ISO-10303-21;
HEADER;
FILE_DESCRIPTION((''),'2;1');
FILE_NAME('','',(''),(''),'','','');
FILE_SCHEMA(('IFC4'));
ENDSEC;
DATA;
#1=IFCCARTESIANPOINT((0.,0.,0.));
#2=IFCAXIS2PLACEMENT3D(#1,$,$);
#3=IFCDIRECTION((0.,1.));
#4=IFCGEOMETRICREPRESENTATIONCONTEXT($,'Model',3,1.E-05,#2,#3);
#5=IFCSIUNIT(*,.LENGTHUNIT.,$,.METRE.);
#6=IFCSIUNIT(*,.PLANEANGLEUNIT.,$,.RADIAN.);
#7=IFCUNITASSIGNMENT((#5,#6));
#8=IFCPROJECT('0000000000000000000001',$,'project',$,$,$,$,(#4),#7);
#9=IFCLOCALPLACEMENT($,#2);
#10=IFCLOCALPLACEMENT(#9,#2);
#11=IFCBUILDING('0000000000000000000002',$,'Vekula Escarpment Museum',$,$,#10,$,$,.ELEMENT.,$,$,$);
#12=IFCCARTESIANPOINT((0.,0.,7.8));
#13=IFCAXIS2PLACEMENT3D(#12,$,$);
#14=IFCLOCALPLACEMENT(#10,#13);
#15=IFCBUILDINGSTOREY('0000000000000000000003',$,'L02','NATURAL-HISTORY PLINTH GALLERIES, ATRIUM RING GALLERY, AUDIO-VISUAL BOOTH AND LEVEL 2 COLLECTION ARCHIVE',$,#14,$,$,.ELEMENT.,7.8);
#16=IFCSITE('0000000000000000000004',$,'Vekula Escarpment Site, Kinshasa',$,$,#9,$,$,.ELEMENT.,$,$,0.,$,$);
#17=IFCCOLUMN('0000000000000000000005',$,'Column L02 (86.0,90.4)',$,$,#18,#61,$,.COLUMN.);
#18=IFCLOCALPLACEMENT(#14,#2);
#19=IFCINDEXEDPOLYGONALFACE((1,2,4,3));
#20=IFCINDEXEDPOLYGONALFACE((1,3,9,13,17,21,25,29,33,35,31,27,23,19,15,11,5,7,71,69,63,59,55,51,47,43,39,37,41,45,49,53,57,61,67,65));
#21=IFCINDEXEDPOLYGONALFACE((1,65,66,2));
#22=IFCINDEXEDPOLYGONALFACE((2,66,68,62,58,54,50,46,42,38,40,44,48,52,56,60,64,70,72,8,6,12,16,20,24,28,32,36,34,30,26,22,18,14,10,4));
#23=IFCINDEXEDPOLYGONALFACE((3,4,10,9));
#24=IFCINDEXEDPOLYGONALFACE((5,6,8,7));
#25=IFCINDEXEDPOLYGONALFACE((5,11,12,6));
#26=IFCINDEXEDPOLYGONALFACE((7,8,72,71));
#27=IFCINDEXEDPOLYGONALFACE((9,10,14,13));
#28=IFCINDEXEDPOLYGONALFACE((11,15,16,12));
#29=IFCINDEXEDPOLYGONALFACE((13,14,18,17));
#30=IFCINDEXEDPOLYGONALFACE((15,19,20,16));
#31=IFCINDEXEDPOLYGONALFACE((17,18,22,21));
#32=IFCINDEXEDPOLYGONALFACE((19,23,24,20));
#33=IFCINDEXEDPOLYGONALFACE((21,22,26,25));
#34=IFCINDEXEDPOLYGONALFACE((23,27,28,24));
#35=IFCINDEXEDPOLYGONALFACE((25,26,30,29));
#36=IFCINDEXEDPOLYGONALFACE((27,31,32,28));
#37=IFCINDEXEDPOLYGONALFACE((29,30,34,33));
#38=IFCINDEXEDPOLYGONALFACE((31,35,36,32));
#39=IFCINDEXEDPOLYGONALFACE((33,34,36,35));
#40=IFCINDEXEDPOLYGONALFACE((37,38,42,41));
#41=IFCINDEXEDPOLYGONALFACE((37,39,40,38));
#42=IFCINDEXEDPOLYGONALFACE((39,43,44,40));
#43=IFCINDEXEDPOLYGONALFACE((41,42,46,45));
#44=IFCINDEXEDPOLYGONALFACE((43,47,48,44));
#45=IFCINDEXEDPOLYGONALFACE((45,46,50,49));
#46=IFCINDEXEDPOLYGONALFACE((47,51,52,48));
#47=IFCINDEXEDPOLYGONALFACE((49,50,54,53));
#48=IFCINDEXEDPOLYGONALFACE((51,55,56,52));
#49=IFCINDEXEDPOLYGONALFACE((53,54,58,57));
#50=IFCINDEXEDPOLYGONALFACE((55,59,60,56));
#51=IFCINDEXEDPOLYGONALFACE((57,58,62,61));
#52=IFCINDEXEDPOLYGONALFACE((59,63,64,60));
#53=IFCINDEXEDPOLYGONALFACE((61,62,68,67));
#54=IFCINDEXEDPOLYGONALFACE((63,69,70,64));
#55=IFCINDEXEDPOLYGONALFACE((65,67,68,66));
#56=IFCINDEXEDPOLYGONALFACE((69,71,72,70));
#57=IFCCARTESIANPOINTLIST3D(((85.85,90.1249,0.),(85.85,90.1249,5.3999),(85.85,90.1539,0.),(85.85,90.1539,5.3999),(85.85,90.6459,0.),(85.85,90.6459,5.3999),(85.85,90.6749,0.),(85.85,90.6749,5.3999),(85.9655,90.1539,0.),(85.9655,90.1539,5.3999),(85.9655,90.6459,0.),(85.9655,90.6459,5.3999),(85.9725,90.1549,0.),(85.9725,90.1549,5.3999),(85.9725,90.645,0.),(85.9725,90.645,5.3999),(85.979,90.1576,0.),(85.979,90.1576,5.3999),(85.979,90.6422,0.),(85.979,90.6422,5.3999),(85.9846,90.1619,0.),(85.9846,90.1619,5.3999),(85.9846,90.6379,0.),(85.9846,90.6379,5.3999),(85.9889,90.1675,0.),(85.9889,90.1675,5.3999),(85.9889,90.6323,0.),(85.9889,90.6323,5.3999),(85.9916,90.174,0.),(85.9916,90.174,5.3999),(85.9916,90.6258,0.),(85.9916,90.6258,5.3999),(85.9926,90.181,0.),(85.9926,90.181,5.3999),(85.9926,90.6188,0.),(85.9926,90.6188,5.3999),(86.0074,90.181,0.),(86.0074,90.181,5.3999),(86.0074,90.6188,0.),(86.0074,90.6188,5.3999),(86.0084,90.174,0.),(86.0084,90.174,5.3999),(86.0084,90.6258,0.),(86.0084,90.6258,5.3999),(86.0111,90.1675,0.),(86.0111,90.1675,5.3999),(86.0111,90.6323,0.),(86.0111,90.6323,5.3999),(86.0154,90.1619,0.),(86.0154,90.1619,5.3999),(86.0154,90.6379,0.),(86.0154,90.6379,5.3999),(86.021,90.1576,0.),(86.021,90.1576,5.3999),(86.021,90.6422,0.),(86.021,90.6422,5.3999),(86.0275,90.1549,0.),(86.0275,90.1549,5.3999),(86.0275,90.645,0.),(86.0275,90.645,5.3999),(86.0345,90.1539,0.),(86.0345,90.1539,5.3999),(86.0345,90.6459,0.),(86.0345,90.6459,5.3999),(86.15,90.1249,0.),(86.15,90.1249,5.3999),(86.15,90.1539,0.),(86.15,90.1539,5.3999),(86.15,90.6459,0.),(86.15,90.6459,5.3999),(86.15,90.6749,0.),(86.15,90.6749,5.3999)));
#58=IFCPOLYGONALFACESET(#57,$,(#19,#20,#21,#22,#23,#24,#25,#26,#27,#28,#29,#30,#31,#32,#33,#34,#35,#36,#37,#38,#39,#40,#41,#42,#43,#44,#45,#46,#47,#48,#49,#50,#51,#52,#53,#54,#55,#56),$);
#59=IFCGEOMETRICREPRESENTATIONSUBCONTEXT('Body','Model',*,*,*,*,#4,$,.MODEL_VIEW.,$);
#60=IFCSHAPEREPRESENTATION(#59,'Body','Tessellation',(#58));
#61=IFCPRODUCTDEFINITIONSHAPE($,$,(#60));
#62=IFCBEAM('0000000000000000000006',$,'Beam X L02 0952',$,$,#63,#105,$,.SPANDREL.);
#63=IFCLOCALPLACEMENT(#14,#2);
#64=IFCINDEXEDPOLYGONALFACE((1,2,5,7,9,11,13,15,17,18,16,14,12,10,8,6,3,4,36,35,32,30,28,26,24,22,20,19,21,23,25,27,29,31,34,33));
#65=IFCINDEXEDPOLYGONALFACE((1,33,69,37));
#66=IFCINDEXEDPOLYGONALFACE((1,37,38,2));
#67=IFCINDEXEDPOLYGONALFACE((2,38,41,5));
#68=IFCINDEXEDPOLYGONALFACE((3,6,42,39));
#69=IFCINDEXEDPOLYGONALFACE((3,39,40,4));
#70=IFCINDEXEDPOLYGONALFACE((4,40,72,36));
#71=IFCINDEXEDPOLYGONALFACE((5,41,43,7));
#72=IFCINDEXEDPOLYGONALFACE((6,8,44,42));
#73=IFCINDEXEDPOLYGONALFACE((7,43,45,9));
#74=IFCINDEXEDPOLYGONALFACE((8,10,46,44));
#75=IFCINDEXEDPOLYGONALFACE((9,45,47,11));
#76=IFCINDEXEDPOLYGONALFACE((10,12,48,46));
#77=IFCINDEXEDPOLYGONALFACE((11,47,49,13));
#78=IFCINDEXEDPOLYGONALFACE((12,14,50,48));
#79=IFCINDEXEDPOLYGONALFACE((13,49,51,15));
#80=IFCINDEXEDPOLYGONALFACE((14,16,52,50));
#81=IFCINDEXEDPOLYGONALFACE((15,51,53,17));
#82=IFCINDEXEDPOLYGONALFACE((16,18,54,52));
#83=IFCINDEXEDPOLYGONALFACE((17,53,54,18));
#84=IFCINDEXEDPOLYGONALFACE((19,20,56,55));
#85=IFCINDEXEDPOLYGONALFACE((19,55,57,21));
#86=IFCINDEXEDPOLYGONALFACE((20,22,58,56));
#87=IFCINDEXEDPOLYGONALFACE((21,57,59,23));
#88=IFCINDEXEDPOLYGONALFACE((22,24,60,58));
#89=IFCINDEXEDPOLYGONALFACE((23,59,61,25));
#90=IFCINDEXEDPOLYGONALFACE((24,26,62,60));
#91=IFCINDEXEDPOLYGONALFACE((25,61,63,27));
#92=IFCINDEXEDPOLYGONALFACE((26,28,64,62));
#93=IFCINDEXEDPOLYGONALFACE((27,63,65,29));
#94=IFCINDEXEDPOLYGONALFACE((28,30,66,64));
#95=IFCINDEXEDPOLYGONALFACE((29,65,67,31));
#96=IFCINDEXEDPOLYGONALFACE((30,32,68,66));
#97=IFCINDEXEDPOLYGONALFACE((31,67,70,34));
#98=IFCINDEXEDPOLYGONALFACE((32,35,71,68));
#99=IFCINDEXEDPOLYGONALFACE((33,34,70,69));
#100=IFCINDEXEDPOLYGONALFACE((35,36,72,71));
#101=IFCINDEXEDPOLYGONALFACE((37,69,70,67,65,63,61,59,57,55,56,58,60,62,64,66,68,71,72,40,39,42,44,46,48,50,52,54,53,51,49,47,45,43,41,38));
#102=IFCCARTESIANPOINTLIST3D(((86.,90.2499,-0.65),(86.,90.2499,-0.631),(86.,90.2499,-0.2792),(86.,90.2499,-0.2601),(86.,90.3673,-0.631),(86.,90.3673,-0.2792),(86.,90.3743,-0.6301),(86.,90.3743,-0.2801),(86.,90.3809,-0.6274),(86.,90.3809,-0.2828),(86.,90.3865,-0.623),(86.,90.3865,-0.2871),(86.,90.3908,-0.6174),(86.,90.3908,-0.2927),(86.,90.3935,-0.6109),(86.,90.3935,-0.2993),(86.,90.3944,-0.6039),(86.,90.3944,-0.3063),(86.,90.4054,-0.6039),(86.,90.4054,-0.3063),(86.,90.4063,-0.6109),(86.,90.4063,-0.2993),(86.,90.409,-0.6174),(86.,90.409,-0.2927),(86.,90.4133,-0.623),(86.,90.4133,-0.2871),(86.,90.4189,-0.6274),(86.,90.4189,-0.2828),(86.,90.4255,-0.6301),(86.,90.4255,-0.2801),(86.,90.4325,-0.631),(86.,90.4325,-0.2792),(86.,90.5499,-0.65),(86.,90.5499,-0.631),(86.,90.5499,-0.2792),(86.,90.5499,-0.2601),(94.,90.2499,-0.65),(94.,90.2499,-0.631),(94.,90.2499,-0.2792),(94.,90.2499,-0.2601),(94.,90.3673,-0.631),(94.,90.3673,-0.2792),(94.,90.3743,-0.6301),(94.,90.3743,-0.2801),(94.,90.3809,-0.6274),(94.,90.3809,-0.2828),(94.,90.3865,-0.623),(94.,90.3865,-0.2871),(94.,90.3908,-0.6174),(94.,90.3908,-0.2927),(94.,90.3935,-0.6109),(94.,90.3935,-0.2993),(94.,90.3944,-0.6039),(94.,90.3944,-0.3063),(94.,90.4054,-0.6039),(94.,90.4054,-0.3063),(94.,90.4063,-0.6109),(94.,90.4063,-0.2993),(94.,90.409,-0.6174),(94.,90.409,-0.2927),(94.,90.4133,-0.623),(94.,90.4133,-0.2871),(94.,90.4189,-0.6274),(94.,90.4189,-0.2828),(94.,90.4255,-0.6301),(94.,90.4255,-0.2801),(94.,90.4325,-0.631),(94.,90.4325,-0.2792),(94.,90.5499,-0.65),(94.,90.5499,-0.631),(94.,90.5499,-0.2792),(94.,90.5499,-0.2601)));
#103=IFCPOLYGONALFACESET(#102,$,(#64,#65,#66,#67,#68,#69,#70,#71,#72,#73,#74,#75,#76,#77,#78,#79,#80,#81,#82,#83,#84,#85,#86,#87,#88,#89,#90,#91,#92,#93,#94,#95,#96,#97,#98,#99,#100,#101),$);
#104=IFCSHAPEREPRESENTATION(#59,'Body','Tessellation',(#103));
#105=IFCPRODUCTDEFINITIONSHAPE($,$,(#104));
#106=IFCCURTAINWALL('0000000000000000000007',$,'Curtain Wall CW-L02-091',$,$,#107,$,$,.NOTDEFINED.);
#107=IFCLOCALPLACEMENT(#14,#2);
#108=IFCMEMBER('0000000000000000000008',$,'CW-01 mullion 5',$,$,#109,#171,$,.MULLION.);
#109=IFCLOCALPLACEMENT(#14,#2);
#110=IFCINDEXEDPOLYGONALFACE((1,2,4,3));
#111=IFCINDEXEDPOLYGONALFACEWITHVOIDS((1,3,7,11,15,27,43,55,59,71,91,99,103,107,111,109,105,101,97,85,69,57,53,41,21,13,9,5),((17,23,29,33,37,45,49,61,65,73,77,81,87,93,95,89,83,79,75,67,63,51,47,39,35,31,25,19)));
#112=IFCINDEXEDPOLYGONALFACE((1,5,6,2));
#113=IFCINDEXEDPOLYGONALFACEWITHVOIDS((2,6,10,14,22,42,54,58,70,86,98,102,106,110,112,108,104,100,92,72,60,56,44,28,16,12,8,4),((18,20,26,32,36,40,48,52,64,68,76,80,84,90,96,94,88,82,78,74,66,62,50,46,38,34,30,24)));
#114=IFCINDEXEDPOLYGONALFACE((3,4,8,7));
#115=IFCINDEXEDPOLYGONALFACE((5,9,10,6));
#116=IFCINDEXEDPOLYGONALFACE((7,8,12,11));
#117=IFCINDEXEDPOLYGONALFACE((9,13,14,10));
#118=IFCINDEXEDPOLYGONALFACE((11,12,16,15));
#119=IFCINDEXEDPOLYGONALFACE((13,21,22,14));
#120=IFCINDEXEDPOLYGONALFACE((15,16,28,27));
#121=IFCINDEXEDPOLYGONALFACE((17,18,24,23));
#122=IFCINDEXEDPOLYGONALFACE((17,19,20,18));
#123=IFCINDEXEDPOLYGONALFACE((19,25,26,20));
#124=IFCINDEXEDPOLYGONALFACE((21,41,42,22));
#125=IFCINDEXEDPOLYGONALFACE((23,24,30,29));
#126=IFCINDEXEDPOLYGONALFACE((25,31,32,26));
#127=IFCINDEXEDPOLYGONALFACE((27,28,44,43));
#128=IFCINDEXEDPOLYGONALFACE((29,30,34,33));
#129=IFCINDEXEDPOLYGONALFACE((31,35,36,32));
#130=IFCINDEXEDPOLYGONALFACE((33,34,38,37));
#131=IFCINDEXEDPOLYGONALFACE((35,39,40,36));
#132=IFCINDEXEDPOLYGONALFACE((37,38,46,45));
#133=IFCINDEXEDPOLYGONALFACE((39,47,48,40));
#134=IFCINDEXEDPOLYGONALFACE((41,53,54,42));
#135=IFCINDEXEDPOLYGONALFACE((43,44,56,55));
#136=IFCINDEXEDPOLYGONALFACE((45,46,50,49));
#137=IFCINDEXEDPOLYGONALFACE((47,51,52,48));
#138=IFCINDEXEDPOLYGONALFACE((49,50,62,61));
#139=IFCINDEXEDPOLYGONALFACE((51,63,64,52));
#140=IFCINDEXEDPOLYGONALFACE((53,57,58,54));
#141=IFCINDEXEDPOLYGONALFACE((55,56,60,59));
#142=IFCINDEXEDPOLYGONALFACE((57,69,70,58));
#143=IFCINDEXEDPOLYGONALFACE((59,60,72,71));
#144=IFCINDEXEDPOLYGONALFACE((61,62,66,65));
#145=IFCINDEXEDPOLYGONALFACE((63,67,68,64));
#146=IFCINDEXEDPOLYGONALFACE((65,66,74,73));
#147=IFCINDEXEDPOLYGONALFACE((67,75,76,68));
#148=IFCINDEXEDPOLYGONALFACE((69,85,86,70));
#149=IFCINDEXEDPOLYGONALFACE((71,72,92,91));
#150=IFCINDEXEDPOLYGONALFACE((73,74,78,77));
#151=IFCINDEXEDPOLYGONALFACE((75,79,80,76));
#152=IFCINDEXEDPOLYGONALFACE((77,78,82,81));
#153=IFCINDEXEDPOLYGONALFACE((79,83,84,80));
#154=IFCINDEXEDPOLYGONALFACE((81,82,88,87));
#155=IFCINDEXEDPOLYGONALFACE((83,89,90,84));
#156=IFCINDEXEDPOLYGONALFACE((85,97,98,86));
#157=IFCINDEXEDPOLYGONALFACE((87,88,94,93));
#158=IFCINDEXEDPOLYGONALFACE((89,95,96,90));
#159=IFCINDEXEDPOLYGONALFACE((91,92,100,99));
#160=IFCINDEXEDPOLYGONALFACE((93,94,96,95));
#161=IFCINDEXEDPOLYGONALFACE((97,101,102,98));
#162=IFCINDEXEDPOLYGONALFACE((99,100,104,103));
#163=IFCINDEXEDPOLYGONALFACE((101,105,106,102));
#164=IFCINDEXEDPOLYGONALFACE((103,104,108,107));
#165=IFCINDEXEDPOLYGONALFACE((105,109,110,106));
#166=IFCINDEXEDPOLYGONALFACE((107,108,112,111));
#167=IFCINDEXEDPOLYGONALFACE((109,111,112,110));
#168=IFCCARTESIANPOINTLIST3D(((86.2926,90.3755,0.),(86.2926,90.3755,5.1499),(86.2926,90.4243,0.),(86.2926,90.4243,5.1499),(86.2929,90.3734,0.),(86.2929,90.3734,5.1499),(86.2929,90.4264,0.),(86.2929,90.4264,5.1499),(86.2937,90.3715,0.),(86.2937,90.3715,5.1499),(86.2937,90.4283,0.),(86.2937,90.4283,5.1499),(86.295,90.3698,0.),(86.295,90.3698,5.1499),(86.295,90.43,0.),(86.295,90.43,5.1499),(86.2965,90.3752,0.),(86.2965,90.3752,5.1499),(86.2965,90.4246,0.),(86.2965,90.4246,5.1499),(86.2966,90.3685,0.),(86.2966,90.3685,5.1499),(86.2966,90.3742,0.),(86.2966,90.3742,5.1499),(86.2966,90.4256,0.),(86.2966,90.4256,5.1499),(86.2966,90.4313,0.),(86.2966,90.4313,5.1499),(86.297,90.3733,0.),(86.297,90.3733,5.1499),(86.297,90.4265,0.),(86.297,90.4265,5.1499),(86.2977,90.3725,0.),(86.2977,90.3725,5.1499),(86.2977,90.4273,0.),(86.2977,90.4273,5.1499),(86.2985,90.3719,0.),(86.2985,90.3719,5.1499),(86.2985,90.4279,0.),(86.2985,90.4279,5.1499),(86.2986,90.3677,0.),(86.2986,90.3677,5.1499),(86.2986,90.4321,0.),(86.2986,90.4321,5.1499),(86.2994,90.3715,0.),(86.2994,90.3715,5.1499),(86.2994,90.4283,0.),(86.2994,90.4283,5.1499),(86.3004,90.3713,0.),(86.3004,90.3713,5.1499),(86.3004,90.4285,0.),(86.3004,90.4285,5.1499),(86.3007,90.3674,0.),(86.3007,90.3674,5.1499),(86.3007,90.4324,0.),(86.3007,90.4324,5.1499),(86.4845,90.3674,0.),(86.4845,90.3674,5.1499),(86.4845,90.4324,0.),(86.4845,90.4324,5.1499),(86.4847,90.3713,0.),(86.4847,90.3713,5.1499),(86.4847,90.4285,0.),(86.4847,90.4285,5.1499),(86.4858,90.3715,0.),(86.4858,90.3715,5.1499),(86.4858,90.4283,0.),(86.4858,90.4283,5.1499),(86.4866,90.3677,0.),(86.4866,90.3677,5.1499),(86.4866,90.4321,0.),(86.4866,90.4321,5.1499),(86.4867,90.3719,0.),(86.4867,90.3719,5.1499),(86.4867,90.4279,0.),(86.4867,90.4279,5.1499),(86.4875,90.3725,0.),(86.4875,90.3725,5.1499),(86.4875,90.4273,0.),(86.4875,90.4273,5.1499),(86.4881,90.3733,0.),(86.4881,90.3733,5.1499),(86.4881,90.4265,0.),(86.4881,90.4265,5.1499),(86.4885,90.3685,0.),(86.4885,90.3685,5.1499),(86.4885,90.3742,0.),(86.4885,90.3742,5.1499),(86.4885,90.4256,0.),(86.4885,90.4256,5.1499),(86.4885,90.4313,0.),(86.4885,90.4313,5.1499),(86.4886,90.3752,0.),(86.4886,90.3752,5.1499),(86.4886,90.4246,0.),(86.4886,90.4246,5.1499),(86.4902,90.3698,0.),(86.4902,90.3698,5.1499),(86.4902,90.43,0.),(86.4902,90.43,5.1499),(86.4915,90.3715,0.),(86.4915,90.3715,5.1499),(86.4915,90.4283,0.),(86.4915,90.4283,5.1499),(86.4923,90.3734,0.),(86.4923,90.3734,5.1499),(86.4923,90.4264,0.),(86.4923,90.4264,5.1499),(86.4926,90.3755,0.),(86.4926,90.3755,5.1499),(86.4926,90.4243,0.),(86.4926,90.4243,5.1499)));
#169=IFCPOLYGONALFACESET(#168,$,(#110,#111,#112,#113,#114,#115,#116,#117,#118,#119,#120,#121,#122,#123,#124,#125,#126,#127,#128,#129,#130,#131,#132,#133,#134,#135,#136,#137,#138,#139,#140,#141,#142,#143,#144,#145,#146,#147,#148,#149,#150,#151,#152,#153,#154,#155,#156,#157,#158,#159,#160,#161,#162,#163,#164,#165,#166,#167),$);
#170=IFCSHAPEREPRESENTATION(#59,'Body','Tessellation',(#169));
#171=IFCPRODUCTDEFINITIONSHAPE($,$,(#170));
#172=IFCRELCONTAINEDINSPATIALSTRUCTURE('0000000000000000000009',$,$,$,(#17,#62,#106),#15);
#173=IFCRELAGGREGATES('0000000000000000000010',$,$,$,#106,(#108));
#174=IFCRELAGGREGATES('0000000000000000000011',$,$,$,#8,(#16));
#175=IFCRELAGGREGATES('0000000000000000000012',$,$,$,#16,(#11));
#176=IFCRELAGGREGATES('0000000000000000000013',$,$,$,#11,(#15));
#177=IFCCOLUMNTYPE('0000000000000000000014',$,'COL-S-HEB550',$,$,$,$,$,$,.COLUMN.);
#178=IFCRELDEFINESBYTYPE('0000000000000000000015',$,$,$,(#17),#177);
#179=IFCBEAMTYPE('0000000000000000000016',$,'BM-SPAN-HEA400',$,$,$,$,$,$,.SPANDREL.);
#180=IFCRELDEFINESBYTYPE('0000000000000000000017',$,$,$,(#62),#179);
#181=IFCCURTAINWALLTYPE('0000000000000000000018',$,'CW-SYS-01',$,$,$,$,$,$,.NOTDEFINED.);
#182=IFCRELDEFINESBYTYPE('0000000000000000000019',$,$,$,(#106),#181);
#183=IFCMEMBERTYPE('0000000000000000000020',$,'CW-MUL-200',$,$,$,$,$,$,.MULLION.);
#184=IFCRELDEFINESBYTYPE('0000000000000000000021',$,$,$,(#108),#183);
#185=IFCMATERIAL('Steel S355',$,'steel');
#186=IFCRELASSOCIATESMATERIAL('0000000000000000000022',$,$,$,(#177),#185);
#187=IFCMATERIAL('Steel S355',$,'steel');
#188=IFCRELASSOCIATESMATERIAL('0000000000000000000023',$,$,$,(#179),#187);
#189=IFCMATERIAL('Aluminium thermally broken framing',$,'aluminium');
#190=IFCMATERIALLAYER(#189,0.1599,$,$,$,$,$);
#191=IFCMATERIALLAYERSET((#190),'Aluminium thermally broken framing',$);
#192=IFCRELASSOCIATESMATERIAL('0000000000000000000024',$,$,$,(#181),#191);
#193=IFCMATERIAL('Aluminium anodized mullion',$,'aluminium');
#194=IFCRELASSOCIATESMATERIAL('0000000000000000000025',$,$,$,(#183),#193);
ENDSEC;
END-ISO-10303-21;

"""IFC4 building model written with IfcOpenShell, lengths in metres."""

from ifc_helpers import new_model, si_unit, direction, frame, origin, origin_2d, place, context, subcontext, project, spatial, hollow_rectangle, i_section, extrude, material, layer, layer_set, material_profile, profile_set, type_object, element, aggregate, save


model = new_model("IFC4")

# Units and contexts
model_context = context("Model", 3, precision=1e-05, world=origin(), true_north=direction((0.0, 1.0)))
body_context = subcontext(model_context, "Body", "Model", "MODEL_VIEW")
ifc_project = project(units=[si_unit("LENGTHUNIT", "METRE"), si_unit("PLANEANGLEUNIT", "RADIAN")], contexts=[model_context])

# Site, building, storey
site_placement = place(None, origin())
site = spatial("IfcSite", under=ifc_project, at=site_placement, Name="Vekula Escarpment Site, Kinshasa", CompositionType="ELEMENT", RefElevation=0.0)
building_placement = place(site_placement, origin())
building = spatial("IfcBuilding", under=site, at=building_placement, Name="Vekula Escarpment Museum", CompositionType="ELEMENT")
storey_placement = place(building_placement, frame((0.0, 0.0, 7.8)))
storey = spatial("IfcBuildingStorey", under=building, at=storey_placement, Name="L02", Description="NATURAL-HISTORY PLINTH GALLERIES, ATRIUM RING GALLERY, AUDIO-VISUAL BOOTH AND LEVEL 2 COLLECTION ARCHIVE", CompositionType="ELEMENT", Elevation=7.8)

# Column
ifc_material_1 = material(Name="Steel S355", Category="steel")
ifc_material_profile_1 = material_profile(ifc_material_1, i_section(OverallWidth=0.3, OverallDepth=0.55, WebThickness=0.0149, FlangeThickness=0.0291, FilletRadius=0.0271, at=origin_2d()), Name="HEB 550")
ifc_profile_set_1 = profile_set([ifc_material_profile_1], Name="Steel S355")
column_type = type_object("IfcColumnType", Name="COL-S-HEB550", PredefinedType="COLUMN", material=ifc_profile_set_1)
column_placement = place(storey_placement, frame((86.0, 90.3999, 0.0), z_axis=(0.0, 0.0, 1.0), x_axis=(1.0, 0.0, 0.0)))
element("IfcColumn", 1, at=column_placement, inside=storey, type_object=column_type, Name="Column L02 (86.0,90.4)", PredefinedType="COLUMN", context=body_context, shape_type="SweptSolid", body=[
    extrude(i_section(OverallWidth=0.3, OverallDepth=0.55, WebThickness=0.0149, FlangeThickness=0.0291, FilletRadius=0.0271, at=origin_2d()), origin(), (0.0, 0.0, 1.0), 5.3999),
])

# Beam
ifc_material_2 = material(Name="Steel S355", Category="steel")
ifc_material_profile_2 = material_profile(ifc_material_2, i_section(OverallWidth=0.3, OverallDepth=0.3899, WebThickness=0.011, FlangeThickness=0.019, FilletRadius=0.0271, at=origin_2d()), Name="HEA 400")
ifc_profile_set_2 = profile_set([ifc_material_profile_2], Name="Steel S355")
beam_type = type_object("IfcBeamType", Name="BM-SPAN-HEA400", PredefinedType="SPANDREL", material=ifc_profile_set_2)
beam_placement = place(storey_placement, frame((86.0, 90.3999, -0.4551), z_axis=(1.0, 0.0, 0.0), x_axis=(0.0, 1.0, 0.0)))
element("IfcBeam", 2, at=beam_placement, inside=storey, type_object=beam_type, Name="Beam X L02 0952", PredefinedType="SPANDREL", context=body_context, shape_type="SweptSolid", body=[
    extrude(i_section(OverallWidth=0.3, OverallDepth=0.3899, WebThickness=0.011, FlangeThickness=0.019, FilletRadius=0.0271, at=origin_2d()), origin(), (0.0, 0.0, 1.0), 8.0),
])

# Curtain wall, member
ifc_material_3 = material(Name="Aluminium thermally broken framing", Category="aluminium")
ifc_layer_1 = layer(ifc_material_3, 0.1599)
ifc_layer_set_1 = layer_set([ifc_layer_1], Name="Aluminium thermally broken framing")
curtain_wall_type_1 = type_object("IfcCurtainWallType", Name="CW-SYS-01", PredefinedType="NOTDEFINED", material=ifc_layer_set_1)
curtain_wall_1_placement = place(storey_placement, origin())
curtain_wall_1 = element("IfcCurtainWall", 3, at=curtain_wall_1_placement, inside=storey, type_object=curtain_wall_type_1, Name="Curtain Wall CW-L02-091", PredefinedType="NOTDEFINED")
ifc_material_4 = material(Name="Aluminium anodized mullion", Category="aluminium")
ifc_material_profile_3 = material_profile(ifc_material_4, hollow_rectangle(XDim=0.0649, YDim=0.2, WallThickness=0.0039, InnerFilletRadius=0.0039, OuterFilletRadius=0.0081, at=origin_2d()), Name="ALU 200x65x4")
ifc_profile_set_3 = profile_set([ifc_material_profile_3], Name="Aluminium anodized mullion")
member_type_1 = type_object("IfcMemberType", Name="CW-MUL-200", PredefinedType="MULLION", material=ifc_profile_set_3)
member_1_placement = place(storey_placement, frame((86.3926, 90.3999, 0.0), z_axis=(0.0, 0.0, 1.0), x_axis=(0.0, -1.0, 0.0)))
member_1 = element("IfcMember", 4, at=member_1_placement, type_object=member_type_1, Name="CW-01 mullion 5", PredefinedType="MULLION", context=body_context, shape_type="SweptSolid", body=[
    extrude(hollow_rectangle(XDim=0.0649, YDim=0.2, WallThickness=0.0039, InnerFilletRadius=0.0039, OuterFilletRadius=0.0081, at=origin_2d()), origin(), (0.0, 0.0, 1.0), 5.1499),
])

aggregate(curtain_wall_1, [member_1])

save(model, "model.ifc")
